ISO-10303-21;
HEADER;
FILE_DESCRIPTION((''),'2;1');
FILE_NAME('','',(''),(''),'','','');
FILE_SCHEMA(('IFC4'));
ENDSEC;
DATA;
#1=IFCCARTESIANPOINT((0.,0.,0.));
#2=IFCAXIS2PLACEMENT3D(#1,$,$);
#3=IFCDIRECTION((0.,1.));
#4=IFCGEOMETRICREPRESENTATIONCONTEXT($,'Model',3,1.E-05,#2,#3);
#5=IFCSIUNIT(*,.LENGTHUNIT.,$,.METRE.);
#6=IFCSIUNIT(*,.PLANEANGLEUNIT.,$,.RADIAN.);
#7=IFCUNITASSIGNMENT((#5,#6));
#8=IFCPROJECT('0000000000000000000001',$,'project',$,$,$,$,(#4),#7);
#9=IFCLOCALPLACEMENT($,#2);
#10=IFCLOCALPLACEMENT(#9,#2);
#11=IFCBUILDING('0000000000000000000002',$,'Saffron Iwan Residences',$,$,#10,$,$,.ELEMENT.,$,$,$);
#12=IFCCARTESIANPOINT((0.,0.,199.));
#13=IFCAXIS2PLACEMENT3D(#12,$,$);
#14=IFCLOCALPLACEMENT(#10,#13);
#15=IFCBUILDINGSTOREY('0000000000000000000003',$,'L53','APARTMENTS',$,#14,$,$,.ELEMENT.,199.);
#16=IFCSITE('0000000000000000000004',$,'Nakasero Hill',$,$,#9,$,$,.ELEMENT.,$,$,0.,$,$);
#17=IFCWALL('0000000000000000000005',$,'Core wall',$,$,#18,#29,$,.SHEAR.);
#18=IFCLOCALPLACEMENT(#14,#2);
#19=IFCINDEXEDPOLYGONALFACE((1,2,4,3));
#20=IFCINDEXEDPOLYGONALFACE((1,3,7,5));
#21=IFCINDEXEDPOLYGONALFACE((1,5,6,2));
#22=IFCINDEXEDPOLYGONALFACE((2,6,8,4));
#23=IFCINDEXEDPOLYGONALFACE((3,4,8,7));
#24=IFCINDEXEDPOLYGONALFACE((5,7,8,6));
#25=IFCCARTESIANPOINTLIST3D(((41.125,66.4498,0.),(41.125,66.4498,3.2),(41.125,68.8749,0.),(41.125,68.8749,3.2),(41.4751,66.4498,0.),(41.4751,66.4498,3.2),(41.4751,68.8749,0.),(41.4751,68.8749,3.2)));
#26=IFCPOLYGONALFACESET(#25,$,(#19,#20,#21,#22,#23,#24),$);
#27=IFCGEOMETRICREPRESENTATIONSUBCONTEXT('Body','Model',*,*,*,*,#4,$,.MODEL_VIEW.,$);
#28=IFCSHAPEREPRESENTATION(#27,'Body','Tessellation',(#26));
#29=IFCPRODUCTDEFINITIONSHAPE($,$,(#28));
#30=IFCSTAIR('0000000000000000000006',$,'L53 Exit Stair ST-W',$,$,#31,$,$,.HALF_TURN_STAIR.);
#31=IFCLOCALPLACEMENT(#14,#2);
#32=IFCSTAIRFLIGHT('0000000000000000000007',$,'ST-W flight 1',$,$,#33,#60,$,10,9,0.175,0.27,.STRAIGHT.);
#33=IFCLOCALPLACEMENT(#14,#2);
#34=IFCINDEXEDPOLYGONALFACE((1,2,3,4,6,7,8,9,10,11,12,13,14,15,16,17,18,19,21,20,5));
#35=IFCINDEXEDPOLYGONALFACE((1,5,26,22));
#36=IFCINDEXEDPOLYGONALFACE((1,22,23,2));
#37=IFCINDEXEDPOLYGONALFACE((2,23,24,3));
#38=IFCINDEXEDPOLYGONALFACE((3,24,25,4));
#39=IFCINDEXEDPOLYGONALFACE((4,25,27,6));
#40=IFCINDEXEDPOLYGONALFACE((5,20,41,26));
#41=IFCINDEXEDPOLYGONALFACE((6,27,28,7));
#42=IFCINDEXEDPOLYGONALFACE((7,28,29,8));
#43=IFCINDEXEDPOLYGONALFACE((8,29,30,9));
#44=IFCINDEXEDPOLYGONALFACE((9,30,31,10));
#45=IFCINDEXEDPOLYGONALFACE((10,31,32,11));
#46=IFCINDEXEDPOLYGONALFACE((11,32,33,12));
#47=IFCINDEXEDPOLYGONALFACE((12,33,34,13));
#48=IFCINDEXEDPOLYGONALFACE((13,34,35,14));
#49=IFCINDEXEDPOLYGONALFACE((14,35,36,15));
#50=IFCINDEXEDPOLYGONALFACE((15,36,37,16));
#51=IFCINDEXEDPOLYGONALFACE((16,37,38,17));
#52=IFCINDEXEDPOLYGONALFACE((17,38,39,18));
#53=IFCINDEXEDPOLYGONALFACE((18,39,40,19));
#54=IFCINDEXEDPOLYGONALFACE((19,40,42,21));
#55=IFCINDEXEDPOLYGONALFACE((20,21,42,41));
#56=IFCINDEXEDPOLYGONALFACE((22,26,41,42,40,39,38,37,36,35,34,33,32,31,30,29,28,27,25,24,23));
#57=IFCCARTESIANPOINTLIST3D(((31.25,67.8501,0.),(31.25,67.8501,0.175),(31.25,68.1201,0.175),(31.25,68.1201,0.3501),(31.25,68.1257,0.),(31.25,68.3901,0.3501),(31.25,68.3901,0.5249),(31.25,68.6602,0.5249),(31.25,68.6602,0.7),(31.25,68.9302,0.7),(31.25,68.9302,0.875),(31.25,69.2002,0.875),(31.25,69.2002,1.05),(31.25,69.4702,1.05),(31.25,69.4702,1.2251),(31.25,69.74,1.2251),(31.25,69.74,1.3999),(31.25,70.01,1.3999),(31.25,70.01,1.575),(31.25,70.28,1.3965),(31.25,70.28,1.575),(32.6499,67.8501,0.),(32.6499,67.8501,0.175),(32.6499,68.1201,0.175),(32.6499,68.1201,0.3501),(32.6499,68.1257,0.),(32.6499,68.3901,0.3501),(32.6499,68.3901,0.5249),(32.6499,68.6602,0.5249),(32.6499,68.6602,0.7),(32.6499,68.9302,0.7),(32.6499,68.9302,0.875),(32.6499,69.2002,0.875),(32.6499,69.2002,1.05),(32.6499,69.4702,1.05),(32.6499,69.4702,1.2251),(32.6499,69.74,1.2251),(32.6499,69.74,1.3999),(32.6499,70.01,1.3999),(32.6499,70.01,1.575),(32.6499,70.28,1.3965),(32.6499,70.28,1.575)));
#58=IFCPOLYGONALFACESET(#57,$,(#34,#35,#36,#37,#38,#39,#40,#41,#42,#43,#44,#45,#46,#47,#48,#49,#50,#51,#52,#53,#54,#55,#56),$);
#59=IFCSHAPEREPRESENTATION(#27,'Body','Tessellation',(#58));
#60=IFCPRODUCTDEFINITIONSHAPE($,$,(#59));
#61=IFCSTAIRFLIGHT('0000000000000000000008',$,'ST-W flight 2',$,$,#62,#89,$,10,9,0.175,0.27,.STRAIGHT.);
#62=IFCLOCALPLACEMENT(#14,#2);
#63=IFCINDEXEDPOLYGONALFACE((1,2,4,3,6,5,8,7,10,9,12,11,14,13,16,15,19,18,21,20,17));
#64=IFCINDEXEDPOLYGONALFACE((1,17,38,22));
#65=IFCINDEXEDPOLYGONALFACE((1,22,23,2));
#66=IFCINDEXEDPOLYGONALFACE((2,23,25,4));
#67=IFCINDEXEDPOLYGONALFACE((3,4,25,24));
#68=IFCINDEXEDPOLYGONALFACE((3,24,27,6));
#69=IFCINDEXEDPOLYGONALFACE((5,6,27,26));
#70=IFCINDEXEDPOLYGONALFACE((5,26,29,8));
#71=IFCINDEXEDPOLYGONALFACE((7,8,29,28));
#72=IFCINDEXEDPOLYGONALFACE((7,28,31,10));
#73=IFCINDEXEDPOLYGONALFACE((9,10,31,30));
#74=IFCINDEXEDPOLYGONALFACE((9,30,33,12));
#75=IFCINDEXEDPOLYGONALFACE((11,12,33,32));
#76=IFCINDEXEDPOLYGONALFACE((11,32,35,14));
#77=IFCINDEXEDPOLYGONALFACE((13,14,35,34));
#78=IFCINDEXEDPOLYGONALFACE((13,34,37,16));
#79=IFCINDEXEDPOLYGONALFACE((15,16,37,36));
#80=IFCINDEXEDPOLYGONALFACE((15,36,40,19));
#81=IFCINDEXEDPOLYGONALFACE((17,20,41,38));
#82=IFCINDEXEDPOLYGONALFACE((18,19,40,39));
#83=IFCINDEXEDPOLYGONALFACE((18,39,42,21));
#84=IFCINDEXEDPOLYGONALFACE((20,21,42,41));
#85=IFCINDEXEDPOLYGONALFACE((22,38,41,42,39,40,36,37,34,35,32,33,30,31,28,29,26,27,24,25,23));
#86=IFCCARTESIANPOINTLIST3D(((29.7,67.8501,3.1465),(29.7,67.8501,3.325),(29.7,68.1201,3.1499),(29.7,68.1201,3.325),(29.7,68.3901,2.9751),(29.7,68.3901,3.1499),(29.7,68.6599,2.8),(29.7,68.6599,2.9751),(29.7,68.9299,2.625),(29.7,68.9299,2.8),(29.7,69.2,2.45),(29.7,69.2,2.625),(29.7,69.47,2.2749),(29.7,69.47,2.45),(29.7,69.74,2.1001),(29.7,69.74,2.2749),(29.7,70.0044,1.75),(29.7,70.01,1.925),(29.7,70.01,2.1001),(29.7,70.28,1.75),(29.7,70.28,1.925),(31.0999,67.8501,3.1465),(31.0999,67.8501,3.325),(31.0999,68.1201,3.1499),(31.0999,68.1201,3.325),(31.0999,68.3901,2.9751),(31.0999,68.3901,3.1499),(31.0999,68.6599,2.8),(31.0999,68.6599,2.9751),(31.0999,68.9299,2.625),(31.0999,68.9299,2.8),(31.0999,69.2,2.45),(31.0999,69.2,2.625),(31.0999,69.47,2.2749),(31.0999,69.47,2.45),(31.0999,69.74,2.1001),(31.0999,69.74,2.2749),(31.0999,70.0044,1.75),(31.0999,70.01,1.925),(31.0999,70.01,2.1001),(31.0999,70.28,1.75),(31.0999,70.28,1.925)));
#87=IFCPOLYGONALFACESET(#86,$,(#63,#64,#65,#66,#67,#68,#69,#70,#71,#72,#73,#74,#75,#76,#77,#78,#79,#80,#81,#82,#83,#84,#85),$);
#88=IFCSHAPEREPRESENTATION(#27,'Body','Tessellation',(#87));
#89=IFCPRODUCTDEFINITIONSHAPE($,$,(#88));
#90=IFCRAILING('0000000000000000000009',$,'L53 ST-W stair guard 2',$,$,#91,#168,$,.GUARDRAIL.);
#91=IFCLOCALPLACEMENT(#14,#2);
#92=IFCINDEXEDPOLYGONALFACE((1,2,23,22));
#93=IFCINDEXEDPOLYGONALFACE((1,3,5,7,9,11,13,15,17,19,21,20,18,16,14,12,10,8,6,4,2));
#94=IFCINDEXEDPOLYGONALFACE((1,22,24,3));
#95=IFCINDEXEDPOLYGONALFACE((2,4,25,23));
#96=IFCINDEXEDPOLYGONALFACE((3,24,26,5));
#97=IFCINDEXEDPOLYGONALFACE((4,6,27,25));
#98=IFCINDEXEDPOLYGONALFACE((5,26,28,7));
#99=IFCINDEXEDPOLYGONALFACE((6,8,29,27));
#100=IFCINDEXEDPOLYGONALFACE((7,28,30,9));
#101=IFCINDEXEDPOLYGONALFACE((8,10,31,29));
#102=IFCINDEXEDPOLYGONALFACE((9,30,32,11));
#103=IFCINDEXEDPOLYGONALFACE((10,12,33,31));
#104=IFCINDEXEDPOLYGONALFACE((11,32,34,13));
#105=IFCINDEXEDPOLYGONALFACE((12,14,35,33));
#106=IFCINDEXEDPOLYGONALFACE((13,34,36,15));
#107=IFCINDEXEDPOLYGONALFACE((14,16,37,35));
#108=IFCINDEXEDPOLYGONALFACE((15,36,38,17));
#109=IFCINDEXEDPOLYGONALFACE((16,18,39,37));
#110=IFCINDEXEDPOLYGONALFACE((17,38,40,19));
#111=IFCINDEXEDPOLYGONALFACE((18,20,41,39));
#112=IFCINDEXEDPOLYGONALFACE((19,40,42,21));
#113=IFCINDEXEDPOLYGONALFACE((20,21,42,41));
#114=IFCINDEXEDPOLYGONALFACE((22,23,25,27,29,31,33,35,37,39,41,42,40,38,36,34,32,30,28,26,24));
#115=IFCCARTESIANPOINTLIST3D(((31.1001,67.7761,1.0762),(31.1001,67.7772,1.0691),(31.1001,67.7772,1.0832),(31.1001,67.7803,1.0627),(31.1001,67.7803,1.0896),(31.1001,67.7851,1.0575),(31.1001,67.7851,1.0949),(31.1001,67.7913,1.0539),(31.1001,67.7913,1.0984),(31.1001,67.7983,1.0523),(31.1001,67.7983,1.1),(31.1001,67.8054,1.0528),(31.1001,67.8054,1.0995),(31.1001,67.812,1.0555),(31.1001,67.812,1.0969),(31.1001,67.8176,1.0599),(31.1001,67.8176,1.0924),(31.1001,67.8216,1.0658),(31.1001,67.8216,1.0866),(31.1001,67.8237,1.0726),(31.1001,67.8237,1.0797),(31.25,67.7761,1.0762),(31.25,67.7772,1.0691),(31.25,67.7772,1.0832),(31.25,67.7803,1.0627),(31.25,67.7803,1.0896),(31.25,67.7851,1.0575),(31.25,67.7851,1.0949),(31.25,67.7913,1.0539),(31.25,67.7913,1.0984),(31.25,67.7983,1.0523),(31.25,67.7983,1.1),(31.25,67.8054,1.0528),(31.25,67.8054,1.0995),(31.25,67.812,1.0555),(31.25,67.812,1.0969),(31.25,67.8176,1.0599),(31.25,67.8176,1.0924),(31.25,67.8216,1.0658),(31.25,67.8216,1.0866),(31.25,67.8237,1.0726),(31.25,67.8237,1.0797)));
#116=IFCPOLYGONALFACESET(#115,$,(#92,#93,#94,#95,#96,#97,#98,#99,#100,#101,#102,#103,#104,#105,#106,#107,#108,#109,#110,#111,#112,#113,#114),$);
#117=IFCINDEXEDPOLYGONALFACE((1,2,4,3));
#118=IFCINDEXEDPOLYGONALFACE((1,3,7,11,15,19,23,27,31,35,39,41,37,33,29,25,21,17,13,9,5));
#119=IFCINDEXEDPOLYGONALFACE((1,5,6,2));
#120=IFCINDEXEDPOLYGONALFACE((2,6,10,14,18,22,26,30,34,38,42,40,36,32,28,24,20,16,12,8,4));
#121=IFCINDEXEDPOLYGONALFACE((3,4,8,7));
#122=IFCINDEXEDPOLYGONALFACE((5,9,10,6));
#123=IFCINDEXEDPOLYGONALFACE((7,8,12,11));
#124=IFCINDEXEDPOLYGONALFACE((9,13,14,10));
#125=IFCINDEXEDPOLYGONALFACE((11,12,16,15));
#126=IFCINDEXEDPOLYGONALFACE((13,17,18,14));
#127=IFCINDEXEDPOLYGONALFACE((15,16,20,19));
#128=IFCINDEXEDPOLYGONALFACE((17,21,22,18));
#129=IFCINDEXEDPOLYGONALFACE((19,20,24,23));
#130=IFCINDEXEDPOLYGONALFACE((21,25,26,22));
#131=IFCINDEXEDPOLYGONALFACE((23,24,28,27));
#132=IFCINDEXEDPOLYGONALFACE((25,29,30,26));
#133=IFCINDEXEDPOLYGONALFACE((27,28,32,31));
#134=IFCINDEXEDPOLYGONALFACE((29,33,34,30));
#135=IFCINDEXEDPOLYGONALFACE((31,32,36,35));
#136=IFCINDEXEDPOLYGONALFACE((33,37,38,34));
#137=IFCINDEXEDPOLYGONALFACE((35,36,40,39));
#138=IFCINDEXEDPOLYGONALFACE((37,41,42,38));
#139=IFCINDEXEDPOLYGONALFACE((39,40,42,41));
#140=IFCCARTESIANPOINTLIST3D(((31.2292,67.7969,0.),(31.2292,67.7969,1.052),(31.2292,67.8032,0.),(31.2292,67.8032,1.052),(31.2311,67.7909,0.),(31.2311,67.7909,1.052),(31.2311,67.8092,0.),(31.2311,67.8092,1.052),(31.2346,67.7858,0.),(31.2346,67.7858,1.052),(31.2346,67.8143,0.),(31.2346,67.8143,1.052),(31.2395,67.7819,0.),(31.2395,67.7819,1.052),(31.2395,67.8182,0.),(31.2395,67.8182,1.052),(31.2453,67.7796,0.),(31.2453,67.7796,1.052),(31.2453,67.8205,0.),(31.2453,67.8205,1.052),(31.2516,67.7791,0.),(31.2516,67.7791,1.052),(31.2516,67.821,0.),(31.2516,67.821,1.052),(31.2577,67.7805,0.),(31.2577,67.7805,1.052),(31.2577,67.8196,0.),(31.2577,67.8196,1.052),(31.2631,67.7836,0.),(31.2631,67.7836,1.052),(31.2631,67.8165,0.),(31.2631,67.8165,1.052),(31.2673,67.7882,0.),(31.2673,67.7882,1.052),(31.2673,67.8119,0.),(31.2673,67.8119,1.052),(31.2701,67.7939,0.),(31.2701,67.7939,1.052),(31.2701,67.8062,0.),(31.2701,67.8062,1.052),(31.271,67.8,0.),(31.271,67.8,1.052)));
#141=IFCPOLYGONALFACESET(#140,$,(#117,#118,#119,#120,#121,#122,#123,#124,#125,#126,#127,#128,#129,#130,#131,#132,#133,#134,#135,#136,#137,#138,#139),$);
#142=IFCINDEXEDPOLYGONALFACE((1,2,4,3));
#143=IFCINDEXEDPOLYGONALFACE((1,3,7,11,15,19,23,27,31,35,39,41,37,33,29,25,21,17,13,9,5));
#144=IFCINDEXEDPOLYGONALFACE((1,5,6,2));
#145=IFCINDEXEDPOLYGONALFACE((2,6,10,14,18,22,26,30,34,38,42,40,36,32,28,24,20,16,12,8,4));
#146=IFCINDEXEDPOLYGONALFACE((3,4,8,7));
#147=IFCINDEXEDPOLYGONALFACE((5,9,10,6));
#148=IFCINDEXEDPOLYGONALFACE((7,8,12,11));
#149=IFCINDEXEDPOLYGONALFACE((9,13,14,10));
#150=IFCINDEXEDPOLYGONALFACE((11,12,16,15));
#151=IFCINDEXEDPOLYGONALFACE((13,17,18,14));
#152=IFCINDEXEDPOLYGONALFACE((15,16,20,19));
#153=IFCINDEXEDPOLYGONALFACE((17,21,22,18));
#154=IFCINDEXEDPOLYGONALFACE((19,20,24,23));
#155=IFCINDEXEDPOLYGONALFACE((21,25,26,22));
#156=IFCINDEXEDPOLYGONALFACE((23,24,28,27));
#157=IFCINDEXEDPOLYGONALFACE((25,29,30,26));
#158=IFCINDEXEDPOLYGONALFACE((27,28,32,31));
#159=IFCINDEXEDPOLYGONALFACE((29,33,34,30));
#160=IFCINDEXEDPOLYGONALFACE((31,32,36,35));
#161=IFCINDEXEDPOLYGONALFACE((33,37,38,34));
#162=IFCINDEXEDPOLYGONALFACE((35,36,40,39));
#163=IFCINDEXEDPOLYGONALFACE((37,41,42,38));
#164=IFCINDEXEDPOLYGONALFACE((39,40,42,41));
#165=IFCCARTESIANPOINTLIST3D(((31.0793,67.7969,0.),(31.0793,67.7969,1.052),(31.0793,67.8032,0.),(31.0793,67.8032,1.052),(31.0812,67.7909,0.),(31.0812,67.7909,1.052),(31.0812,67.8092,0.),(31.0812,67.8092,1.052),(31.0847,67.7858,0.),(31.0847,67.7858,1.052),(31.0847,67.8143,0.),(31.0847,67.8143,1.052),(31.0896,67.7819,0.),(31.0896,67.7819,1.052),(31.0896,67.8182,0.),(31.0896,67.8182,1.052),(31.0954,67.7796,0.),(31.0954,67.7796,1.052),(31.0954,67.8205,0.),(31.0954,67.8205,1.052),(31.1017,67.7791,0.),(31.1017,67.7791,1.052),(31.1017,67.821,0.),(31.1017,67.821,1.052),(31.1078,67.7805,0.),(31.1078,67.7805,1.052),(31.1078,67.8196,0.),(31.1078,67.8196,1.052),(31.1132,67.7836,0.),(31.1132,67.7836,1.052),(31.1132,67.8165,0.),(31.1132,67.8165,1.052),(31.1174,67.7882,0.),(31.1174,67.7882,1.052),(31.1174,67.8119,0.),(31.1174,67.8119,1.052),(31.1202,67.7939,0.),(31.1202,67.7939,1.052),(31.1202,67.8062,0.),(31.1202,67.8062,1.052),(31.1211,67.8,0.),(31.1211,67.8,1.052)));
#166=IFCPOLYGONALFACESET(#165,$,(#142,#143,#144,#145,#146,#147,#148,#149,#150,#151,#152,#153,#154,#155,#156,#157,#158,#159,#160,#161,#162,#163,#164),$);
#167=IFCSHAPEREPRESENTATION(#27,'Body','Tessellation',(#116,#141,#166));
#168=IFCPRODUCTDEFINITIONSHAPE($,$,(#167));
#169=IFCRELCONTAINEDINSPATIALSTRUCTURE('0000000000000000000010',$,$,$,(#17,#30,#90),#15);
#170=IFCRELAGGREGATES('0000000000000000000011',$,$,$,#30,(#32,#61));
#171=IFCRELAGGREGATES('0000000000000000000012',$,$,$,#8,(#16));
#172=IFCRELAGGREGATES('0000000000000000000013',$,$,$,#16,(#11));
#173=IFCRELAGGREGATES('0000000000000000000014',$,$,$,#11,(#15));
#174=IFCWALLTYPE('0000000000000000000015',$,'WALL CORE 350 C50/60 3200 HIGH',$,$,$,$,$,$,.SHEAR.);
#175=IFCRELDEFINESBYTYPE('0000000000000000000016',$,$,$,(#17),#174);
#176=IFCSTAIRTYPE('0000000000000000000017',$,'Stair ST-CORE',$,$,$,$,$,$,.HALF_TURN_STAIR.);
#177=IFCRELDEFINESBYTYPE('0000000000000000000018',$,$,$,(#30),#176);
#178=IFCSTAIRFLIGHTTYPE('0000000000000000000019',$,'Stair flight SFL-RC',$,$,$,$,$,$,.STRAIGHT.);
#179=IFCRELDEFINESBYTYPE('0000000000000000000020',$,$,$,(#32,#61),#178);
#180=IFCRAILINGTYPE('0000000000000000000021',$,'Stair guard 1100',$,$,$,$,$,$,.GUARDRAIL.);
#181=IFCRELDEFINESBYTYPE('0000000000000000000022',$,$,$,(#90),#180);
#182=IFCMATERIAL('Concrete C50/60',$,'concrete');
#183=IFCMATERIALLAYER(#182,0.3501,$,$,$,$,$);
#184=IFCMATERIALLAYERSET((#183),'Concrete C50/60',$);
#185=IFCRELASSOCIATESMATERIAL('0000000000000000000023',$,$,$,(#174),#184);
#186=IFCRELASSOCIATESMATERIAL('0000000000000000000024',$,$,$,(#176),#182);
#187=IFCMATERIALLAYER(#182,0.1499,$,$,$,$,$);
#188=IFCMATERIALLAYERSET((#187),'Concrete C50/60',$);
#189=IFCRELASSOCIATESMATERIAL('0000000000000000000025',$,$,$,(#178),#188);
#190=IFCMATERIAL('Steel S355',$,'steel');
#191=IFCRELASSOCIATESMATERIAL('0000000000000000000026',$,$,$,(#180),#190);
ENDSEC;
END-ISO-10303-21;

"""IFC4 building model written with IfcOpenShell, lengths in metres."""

from ifc_helpers import new_model, si_unit, direction, frame, frame_2d, origin, origin_2d, place, context, subcontext, project, spatial, polyline, rectangle, circle, outline, extrude, material, layer, layer_set, type_object, element, aggregate, save


model = new_model("IFC4")

# Units and contexts
model_context = context("Model", 3, precision=1e-05, world=origin(), true_north=direction((0.0, 1.0)))
body_context = subcontext(model_context, "Body", "Model", "MODEL_VIEW")
ifc_project = project(units=[si_unit("LENGTHUNIT", "METRE"), si_unit("PLANEANGLEUNIT", "RADIAN")], contexts=[model_context])

# Site, building, storey
site_placement = place(None, origin())
site = spatial("IfcSite", under=ifc_project, at=site_placement, Name="Nakasero Hill", CompositionType="ELEMENT", RefElevation=0.0)
building_placement = place(site_placement, origin())
building = spatial("IfcBuilding", under=site, at=building_placement, Name="Saffron Iwan Residences", CompositionType="ELEMENT")
storey_placement = place(building_placement, frame((0.0, 0.0, 199.0)))
storey = spatial("IfcBuildingStorey", under=building, at=storey_placement, Name="L53", Description="APARTMENTS", CompositionType="ELEMENT", Elevation=199.0)

# Shared definitions
ifc_material_1 = material(Name="Concrete C50/60", Category="concrete")
ifc_layer_1 = layer(ifc_material_1, 0.3501)
ifc_layer_set_1 = layer_set([ifc_layer_1], Name="Concrete C50/60")
wall_type_1 = type_object("IfcWallType", Name="WALL CORE 350 C50/60 3200 HIGH", PredefinedType="SHEAR", material=ifc_layer_set_1)

# Wall
wall_1_placement = place(storey_placement, frame((41.3, 66.45, 0.0), z_axis=(0.0, 0.0, 1.0), x_axis=(0.0, 1.0, 0.0)))
element("IfcWall", 1, at=wall_1_placement, inside=storey, type_object=wall_type_1, Name="Core wall", PredefinedType="SHEAR", context=body_context, shape_type="SweptSolid", body=[
    extrude(rectangle(XDim=2.425, YDim=0.3501, at=frame_2d((1.2124, 0.0))), origin(), (0.0, 0.0, 1.0), 3.2),
])

# Stair, stair flights
stair_type = type_object("IfcStairType", Name="Stair ST-CORE", PredefinedType="HALF_TURN_STAIR", material=ifc_material_1)
stair_placement = place(storey_placement, origin())
stair = element("IfcStair", 2, at=stair_placement, inside=storey, type_object=stair_type, Name="L53 Exit Stair ST-W", PredefinedType="HALF_TURN_STAIR")
ifc_layer_2 = layer(ifc_material_1, 0.1499)
ifc_layer_set_2 = layer_set([ifc_layer_2], Name="Concrete C50/60")
stair_flight_type = type_object("IfcStairFlightType", Name="Stair flight SFL-RC", PredefinedType="STRAIGHT", material=ifc_layer_set_2)
stair_flight_1_placement = place(storey_placement, frame((31.95, 67.8501, 0.0), z_axis=(0.0, 0.0, 1.0), x_axis=(0.0, 1.0, 0.0)))
stair_flight_1 = element("IfcStairFlight", 3, at=stair_flight_1_placement, type_object=stair_flight_type, Name="ST-W flight 1", NumberOfRisers=10, NumberOfTreads=9, PredefinedType="STRAIGHT", RiserHeight=0.175, TreadLength=0.27, context=body_context, shape_type="SweptSolid", body=[
    extrude(outline(polyline([(0.0, 0.0), (0.0, 0.175), (0.27, 0.175), (0.27, 0.3501), (0.54, 0.3501), (0.54, 0.5249), (0.8101, 0.5249), (0.8101, 0.7), (1.0801, 0.7), (1.0801, 0.875), (1.3501, 0.875), (1.3501, 1.05), (1.6201, 1.05), (1.6201, 1.2251), (1.8899, 1.2251), (1.8899, 1.3999), (2.1599, 1.3999), (2.1599, 1.575), (2.4299, 1.575), (2.4299, 1.75), (2.4299, 1.3965), (0.2756, 0.0), (0.0, 0.0)])), frame((0.0, 0.7, 0.0), z_axis=(0.0, -1.0, 0.0), x_axis=(1.0, 0.0, 0.0)), (0.0, 0.0, 1.0), 1.3999),
])
stair_flight_2_placement = place(storey_placement, frame((30.3999, 70.28, 1.75), z_axis=(0.0, 0.0, 1.0), x_axis=(0.0, -1.0, 0.0)))
stair_flight_2 = element("IfcStairFlight", 4, at=stair_flight_2_placement, type_object=stair_flight_type, Name="ST-W flight 2", NumberOfRisers=10, NumberOfTreads=9, PredefinedType="STRAIGHT", RiserHeight=0.175, TreadLength=0.27, context=body_context, shape_type="SweptSolid", body=[
    extrude(outline(polyline([(0.0, 0.0), (0.0, 0.175), (0.27, 0.175), (0.27, 0.3501), (0.54, 0.3501), (0.54, 0.5249), (0.8101, 0.5249), (0.8101, 0.7), (1.0801, 0.7), (1.0801, 0.875), (1.3501, 0.875), (1.3501, 1.05), (1.6201, 1.05), (1.6201, 1.2251), (1.8899, 1.2251), (1.8899, 1.3999), (2.1599, 1.3999), (2.1599, 1.575), (2.4299, 1.575), (2.4299, 1.75), (2.4299, 1.3965), (0.2756, 0.0), (0.0, 0.0)])), frame((0.0, 0.7, 0.0), z_axis=(0.0, -1.0, 0.0), x_axis=(1.0, 0.0, 0.0)), (0.0, 0.0, 1.0), 1.3999),
])
aggregate(stair, [stair_flight_1, stair_flight_2])

# Railing
ifc_material_2 = material(Name="Steel S355", Category="steel")
railing_type_1 = type_object("IfcRailingType", Name="Stair guard 1100", PredefinedType="GUARDRAIL", material=ifc_material_2)
railing_1_placement = place(storey_placement, frame((31.25, 67.8, 0.0)))
element("IfcRailing", 5, at=railing_1_placement, inside=storey, type_object=railing_type_1, Name="L53 ST-W stair guard 2", PredefinedType="GUARDRAIL", context=body_context, shape_type="SweptSolid", body=[
    extrude(circle(Radius=0.0239, at=origin_2d()), frame((0.0, 0.0, 1.0762), z_axis=(-1.0, 0.0, 0.0), x_axis=(0.0, -1.0, 0.0)), (0.0, 0.0, 1.0), 0.1499),
    extrude(circle(Radius=0.021, at=origin_2d()), origin(), (0.0, 0.0, 1.0), 1.052),
    extrude(circle(Radius=0.021, at=origin_2d()), frame((-0.1499, 0.0, 0.0)), (0.0, 0.0, 1.0), 1.052),
])

save(model, "model.ifc")
